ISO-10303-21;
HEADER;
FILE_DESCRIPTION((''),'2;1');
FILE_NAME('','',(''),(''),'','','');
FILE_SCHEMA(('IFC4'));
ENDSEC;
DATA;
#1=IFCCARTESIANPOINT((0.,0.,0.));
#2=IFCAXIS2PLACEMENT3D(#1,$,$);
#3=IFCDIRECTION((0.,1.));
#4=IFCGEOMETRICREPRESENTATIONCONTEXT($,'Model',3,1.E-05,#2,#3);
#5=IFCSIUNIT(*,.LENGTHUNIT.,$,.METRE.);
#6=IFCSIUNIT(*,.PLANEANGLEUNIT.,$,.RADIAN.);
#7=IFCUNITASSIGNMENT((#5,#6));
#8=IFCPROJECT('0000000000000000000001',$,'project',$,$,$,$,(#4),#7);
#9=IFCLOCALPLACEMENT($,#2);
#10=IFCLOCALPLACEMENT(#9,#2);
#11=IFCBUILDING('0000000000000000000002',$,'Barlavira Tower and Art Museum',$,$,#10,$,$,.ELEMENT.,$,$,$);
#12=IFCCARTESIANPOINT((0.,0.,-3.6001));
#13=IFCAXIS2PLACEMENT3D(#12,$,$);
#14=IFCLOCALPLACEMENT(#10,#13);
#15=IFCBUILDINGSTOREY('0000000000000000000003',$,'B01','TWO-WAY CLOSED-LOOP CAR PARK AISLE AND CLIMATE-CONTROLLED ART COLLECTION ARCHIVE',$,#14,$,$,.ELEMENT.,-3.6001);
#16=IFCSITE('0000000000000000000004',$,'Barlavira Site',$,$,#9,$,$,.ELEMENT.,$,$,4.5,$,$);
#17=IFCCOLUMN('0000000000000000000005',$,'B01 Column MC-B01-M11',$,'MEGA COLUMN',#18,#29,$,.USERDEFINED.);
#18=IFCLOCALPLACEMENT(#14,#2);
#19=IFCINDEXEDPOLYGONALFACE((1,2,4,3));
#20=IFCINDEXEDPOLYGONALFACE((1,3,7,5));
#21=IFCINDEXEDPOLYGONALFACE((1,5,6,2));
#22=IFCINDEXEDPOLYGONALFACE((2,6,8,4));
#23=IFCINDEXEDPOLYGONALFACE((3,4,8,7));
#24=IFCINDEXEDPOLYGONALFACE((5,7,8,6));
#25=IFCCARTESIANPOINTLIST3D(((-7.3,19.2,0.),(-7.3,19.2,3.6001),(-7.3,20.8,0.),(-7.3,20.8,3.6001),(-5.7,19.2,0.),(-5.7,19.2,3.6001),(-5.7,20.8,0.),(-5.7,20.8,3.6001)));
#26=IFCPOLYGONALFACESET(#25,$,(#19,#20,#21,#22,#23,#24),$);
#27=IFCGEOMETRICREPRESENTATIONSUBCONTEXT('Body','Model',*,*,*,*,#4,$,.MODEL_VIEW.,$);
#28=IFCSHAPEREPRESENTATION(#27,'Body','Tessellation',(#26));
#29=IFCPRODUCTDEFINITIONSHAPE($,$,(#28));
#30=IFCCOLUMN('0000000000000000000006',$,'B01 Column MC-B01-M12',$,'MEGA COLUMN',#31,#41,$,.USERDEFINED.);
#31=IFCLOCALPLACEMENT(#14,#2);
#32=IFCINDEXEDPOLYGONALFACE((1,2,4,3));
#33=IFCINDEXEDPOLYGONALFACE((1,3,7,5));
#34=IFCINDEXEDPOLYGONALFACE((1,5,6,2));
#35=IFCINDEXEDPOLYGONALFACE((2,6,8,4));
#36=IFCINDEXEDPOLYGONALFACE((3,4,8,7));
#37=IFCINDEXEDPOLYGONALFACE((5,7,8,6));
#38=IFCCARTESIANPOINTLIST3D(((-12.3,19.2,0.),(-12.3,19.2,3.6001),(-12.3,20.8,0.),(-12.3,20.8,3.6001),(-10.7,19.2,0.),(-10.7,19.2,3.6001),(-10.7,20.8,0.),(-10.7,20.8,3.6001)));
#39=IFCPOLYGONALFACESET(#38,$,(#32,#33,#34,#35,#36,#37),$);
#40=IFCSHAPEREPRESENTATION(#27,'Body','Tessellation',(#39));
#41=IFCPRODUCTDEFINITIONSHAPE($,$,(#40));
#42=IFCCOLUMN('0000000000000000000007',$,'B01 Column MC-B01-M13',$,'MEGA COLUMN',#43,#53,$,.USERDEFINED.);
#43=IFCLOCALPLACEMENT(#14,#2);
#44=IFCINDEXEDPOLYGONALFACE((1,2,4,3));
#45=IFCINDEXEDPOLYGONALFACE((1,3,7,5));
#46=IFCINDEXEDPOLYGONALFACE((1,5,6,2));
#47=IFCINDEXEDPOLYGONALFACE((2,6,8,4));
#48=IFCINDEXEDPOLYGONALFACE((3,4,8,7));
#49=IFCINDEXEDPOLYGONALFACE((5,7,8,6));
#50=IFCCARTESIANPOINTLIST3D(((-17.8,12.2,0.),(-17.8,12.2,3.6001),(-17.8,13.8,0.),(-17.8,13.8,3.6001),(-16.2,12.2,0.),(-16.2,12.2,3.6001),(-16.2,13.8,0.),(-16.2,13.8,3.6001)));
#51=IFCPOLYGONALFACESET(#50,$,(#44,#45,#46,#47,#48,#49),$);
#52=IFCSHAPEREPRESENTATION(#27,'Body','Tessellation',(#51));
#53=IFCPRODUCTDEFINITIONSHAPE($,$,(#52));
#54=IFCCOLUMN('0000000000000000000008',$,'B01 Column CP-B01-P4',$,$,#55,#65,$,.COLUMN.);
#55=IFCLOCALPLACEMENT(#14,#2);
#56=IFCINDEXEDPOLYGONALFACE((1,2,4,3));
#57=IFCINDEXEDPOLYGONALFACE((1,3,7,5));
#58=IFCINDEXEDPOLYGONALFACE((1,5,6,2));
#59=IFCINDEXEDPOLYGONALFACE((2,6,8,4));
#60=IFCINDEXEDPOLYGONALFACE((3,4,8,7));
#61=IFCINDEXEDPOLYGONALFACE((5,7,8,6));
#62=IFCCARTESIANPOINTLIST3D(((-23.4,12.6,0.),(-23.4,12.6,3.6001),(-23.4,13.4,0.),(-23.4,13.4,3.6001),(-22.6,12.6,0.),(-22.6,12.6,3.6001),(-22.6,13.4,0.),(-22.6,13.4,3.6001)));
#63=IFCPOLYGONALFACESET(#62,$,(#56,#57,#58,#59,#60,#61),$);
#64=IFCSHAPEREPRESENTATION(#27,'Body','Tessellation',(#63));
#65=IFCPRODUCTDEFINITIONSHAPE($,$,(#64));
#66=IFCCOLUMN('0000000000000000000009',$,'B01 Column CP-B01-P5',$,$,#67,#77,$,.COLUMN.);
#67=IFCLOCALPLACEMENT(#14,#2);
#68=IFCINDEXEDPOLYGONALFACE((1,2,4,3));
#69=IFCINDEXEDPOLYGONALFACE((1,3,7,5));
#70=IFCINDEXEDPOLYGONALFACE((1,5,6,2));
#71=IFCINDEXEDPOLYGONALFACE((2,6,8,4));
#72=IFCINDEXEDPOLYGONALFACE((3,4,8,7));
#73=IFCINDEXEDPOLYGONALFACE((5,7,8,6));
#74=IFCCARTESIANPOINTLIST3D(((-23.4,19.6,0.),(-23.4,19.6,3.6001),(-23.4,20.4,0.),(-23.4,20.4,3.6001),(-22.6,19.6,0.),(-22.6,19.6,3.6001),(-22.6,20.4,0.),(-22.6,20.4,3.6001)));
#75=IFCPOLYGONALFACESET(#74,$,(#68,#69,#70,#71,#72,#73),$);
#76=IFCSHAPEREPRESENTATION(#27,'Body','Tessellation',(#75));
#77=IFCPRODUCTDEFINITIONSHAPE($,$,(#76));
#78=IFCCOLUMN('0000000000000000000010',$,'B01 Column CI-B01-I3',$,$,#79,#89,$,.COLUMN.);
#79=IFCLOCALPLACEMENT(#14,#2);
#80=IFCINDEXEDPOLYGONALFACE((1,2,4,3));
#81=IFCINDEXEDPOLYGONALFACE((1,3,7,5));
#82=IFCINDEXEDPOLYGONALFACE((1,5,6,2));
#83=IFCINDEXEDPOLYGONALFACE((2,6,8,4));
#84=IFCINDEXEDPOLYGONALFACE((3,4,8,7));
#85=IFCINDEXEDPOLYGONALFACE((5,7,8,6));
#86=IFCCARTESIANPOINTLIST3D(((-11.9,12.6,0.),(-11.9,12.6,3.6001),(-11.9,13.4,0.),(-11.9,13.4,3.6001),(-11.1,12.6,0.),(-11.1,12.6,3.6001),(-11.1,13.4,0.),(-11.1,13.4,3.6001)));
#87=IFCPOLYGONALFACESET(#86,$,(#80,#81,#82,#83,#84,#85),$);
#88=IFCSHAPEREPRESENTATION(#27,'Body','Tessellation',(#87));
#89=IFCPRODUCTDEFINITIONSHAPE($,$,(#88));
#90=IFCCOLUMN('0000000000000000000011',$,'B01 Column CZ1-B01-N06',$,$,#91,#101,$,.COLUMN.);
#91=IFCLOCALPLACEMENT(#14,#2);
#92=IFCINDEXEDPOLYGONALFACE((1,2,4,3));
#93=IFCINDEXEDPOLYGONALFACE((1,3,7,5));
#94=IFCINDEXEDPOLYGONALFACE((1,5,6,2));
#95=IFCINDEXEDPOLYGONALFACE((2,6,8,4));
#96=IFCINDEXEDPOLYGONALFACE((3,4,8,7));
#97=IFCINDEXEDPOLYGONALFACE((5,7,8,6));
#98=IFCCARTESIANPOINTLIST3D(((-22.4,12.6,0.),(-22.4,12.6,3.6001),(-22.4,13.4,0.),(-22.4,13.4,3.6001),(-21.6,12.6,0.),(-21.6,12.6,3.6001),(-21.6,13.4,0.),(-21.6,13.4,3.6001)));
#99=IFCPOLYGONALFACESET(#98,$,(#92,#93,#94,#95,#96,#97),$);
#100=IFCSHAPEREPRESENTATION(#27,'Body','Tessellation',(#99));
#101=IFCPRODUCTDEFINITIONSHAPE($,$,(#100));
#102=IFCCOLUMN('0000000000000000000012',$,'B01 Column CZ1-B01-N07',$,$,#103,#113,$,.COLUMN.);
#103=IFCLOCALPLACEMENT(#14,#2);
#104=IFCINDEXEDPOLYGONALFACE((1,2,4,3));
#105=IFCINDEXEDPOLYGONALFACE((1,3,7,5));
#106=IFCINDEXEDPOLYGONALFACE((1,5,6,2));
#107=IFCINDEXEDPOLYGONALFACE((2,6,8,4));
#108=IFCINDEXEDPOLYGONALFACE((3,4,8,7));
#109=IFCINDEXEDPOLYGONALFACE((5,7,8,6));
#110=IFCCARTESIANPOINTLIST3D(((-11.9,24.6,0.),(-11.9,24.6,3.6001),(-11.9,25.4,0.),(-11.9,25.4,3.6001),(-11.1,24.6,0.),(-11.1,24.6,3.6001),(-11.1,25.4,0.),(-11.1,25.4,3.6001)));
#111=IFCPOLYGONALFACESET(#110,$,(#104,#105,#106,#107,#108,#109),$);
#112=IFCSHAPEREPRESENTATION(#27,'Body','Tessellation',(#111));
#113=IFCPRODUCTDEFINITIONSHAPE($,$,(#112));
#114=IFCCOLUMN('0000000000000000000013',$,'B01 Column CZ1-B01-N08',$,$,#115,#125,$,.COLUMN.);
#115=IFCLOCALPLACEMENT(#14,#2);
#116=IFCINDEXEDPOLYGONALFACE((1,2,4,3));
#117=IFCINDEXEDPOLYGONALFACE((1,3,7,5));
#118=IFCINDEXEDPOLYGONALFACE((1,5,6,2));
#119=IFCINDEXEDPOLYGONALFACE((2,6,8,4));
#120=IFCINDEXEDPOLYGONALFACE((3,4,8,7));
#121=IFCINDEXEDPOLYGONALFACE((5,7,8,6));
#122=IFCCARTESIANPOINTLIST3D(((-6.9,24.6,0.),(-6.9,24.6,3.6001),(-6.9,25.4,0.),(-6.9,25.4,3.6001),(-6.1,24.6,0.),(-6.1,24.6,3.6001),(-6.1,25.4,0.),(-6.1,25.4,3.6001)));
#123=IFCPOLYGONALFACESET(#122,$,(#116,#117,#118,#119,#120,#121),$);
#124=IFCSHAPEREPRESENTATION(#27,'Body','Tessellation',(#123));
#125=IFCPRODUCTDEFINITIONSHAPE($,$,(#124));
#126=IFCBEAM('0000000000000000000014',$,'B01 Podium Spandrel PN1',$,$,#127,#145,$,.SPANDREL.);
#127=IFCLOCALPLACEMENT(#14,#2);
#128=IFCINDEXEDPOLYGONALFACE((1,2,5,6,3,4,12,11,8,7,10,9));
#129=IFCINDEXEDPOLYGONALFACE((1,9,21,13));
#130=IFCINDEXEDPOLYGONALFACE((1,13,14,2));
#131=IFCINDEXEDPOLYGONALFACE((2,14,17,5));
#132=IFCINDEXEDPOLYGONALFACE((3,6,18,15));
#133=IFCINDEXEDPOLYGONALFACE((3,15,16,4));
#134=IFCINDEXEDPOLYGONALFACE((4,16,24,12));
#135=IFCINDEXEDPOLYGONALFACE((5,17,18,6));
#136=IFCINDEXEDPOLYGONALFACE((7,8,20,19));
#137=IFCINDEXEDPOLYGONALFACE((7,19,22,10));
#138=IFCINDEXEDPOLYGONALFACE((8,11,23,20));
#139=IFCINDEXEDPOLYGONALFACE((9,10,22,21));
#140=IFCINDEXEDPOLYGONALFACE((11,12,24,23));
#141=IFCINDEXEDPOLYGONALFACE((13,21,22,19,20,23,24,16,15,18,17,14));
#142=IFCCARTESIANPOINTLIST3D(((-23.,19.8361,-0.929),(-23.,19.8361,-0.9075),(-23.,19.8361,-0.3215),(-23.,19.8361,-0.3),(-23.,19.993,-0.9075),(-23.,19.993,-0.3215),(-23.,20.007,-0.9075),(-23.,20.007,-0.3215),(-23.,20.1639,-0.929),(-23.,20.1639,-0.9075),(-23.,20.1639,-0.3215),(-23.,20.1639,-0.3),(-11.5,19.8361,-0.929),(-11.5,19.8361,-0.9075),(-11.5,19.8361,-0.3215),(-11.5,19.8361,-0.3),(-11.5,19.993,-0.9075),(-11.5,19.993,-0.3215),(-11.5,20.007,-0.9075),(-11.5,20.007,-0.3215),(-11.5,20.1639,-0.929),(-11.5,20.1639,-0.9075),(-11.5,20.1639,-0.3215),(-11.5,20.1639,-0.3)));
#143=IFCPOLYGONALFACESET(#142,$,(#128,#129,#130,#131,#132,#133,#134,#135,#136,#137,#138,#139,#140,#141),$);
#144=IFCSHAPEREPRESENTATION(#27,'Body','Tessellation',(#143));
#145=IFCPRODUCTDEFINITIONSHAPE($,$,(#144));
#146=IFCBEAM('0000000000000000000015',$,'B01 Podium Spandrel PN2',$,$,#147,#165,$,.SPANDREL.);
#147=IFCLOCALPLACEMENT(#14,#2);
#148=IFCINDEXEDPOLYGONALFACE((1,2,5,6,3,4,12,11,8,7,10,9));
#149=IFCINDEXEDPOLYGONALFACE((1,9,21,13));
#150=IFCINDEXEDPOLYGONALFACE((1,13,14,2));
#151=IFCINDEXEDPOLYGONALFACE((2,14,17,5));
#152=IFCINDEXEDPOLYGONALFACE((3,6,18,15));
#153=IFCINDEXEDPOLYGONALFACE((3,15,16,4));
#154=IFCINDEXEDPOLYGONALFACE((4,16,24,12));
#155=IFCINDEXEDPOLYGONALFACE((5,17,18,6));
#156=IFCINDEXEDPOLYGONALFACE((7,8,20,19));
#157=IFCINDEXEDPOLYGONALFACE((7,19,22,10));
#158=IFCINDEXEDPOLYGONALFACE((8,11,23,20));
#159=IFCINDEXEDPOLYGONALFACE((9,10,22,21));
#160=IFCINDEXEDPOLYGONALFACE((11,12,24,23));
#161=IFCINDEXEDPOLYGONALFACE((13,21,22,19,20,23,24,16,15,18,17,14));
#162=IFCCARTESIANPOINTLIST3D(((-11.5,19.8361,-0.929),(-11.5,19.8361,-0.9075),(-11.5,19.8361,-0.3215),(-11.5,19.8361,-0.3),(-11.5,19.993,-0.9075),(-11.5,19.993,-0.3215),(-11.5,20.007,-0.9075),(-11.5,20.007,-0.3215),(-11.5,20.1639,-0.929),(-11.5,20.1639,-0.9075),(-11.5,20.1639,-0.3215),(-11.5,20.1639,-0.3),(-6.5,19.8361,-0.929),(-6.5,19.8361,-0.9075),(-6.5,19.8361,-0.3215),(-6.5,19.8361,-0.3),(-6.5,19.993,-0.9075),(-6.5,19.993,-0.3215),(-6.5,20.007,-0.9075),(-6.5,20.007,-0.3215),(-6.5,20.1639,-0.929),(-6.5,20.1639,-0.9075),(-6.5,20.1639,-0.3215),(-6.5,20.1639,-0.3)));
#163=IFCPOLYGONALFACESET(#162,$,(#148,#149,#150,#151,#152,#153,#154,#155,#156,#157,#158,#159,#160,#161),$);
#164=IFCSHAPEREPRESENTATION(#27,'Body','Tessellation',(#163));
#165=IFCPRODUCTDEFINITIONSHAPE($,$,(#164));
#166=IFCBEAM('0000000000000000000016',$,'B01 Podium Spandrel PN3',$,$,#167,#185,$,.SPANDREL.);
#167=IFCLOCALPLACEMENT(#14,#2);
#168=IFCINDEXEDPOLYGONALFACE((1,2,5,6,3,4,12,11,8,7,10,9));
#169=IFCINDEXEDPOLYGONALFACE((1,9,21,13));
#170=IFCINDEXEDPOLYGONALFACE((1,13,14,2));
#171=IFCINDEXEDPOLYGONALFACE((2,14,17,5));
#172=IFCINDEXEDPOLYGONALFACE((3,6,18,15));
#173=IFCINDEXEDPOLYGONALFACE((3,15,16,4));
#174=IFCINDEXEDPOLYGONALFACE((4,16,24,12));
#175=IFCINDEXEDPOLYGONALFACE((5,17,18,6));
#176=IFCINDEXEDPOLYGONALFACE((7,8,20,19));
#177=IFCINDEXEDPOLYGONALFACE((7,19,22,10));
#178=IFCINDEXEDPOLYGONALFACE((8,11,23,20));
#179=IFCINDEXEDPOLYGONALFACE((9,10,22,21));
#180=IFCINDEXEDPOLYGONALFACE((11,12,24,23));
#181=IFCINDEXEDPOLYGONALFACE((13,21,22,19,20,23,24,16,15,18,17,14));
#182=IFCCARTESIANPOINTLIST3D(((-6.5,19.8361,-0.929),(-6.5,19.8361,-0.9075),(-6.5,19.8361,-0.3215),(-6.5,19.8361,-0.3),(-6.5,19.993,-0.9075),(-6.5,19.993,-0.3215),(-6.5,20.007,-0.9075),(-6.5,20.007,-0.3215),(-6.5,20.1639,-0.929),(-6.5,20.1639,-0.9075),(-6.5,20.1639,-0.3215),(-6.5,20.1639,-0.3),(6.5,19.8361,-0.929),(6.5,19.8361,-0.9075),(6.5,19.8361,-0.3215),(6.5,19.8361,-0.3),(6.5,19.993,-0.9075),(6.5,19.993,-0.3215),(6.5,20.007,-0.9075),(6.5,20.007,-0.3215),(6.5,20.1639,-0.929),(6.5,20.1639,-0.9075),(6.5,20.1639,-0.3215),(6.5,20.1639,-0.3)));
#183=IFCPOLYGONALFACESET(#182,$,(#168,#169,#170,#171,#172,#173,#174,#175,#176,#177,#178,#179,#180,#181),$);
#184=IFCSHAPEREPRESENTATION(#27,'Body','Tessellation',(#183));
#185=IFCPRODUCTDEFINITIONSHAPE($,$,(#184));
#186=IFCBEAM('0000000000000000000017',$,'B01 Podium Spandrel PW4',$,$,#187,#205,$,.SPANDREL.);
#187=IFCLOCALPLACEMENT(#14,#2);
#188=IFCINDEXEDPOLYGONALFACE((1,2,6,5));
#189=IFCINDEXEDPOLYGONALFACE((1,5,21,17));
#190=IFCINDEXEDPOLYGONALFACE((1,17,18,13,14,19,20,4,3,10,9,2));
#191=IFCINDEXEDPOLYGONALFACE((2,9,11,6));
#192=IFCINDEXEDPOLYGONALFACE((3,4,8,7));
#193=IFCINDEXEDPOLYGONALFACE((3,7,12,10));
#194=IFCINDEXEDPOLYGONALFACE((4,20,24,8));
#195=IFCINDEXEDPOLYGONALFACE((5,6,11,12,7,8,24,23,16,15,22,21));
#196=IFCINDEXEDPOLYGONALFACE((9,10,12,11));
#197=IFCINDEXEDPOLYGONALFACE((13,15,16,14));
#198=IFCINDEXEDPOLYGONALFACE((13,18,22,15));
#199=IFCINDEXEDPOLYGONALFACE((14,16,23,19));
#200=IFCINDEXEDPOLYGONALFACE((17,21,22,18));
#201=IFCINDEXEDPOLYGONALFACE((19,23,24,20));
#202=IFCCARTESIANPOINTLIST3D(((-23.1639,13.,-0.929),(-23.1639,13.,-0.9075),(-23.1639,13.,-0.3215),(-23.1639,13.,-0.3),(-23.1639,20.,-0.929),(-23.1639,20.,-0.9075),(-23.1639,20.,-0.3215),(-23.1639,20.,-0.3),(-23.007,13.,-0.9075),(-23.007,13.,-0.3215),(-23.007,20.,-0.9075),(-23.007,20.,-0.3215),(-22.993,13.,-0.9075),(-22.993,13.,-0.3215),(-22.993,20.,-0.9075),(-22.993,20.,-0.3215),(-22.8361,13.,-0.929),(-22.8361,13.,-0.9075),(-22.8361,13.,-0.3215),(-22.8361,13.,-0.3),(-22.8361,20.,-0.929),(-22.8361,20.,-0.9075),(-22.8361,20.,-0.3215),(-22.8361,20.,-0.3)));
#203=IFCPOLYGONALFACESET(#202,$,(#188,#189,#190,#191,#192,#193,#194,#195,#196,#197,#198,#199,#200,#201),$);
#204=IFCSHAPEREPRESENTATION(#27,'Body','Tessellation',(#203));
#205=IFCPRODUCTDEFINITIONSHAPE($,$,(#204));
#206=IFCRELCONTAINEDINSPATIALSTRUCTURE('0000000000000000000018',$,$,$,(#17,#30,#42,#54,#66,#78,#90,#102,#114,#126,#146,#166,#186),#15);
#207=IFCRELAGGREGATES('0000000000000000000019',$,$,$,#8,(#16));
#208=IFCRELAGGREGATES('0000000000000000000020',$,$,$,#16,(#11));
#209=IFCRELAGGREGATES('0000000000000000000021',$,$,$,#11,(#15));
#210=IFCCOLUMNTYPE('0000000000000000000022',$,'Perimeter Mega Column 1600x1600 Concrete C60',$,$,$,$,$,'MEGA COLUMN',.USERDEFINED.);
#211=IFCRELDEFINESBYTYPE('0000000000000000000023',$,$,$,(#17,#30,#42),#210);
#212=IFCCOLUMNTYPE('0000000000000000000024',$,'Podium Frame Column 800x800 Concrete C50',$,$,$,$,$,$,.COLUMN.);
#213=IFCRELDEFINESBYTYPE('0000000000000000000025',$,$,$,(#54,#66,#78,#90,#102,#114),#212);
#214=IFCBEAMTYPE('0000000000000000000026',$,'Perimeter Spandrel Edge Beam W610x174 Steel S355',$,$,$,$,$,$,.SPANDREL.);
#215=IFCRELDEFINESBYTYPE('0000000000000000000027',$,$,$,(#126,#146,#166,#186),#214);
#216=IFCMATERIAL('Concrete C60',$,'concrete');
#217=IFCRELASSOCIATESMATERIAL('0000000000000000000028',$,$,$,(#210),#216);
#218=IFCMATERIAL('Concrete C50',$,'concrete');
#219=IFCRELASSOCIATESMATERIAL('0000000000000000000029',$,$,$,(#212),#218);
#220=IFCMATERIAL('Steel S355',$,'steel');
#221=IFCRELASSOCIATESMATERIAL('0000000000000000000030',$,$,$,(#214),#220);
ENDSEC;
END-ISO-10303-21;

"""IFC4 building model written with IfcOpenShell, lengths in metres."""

from ifc_helpers import new_model, si_unit, direction, frame, origin, origin_2d, place, context, subcontext, project, spatial, rectangle, i_section, extrude, material, material_profile, profile_set, type_object, element, save


model = new_model("IFC4")

# Units and contexts
model_context = context("Model", 3, precision=1e-05, world=origin(), true_north=direction((0.0, 1.0)))
body_context = subcontext(model_context, "Body", "Model", "MODEL_VIEW")
ifc_project = project(units=[si_unit("LENGTHUNIT", "METRE"), si_unit("PLANEANGLEUNIT", "RADIAN")], contexts=[model_context])

# Site, building, storey
site_placement = place(None, origin())
site = spatial("IfcSite", under=ifc_project, at=site_placement, Name="Barlavira Site", CompositionType="ELEMENT", RefElevation=4.5)
building_placement = place(site_placement, origin())
building = spatial("IfcBuilding", under=site, at=building_placement, Name="Barlavira Tower and Art Museum", CompositionType="ELEMENT")
storey_placement = place(building_placement, frame((0.0, 0.0, -3.6001)))
storey = spatial("IfcBuildingStorey", under=building, at=storey_placement, Name="B01", Description="TWO-WAY CLOSED-LOOP CAR PARK AISLE AND CLIMATE-CONTROLLED ART COLLECTION ARCHIVE", CompositionType="ELEMENT", Elevation=-3.6001)

# Columns
ifc_material_1 = material(Name="Concrete C60", Category="concrete")
ifc_material_profile_1 = material_profile(ifc_material_1, rectangle(XDim=1.6001, YDim=1.6001, at=origin_2d()), Name="RC-MCOL 1600x1600")
ifc_profile_set_1 = profile_set([ifc_material_profile_1], Name="Concrete C60")
column_type_1 = type_object("IfcColumnType", Name="Perimeter Mega Column 1600x1600 Concrete C60", ElementType="MEGA COLUMN", PredefinedType="USERDEFINED", material=ifc_profile_set_1)
for number, where, z_axis, x_axis, name in (
    (1, (-6.5, 20.0, 0.0), (0.0, 0.0, 1.0), (1.0, 0.0, 0.0), "B01 Column MC-B01-M11"),
    (2, (-11.5, 20.0, 0.0), (0.0, 0.0, 1.0), (1.0, 0.0, 0.0), "B01 Column MC-B01-M12"),
    (3, (-17.0, 13.0, 0.0), (0.0, 0.0, 1.0), (1.0, 0.0, 0.0), "B01 Column MC-B01-M13"),
):
    element("IfcColumn", number, at=place(storey_placement, frame(where, z_axis=z_axis, x_axis=x_axis)), inside=storey, type_object=column_type_1, Name=name, ObjectType="MEGA COLUMN", PredefinedType="USERDEFINED", context=body_context, shape_type="SweptSolid", body=[
        extrude(rectangle(XDim=1.6001, YDim=1.6001, at=origin_2d()), origin(), (0.0, 0.0, 1.0), 3.6001),
    ])
ifc_material_2 = material(Name="Concrete C50", Category="concrete")
ifc_material_profile_2 = material_profile(ifc_material_2, rectangle(XDim=0.8, YDim=0.8, at=origin_2d()), Name="RC-COL 800x800")
ifc_profile_set_2 = profile_set([ifc_material_profile_2], Name="Concrete C50")
column_type_2 = type_object("IfcColumnType", Name="Podium Frame Column 800x800 Concrete C50", PredefinedType="COLUMN", material=ifc_profile_set_2)
for number, where, z_axis, x_axis, name in (
    (4, (-23.0, 13.0, 0.0), (0.0, 0.0, 1.0), (1.0, 0.0, 0.0), "B01 Column CP-B01-P4"),
    (5, (-23.0, 20.0, 0.0), (0.0, 0.0, 1.0), (1.0, 0.0, 0.0), "B01 Column CP-B01-P5"),
    (6, (-11.5, 13.0, 0.0), (0.0, 0.0, 1.0), (1.0, 0.0, 0.0), "B01 Column CI-B01-I3"),
    (7, (-22.0, 13.0, 0.0), (0.0, 0.0, 1.0), (1.0, 0.0, 0.0), "B01 Column CZ1-B01-N06"),
    (8, (-11.5, 25.0, 0.0), (0.0, 0.0, 1.0), (1.0, 0.0, 0.0), "B01 Column CZ1-B01-N07"),
    (9, (-6.5, 25.0, 0.0), (0.0, 0.0, 1.0), (1.0, 0.0, 0.0), "B01 Column CZ1-B01-N08"),
):
    element("IfcColumn", number, at=place(storey_placement, frame(where, z_axis=z_axis, x_axis=x_axis)), inside=storey, type_object=column_type_2, Name=name, PredefinedType="COLUMN", context=body_context, shape_type="SweptSolid", body=[
        extrude(rectangle(XDim=0.8, YDim=0.8, at=origin_2d()), origin(), (0.0, 0.0, 1.0), 3.6001),
    ])

# Beams
ifc_material_3 = material(Name="Steel S355", Category="steel")
ifc_material_profile_3 = material_profile(ifc_material_3, i_section(OverallWidth=0.3279, OverallDepth=0.6289, WebThickness=0.0139, FlangeThickness=0.0215, at=origin_2d()), Name="W610x174.0")
ifc_profile_set_3 = profile_set([ifc_material_profile_3], Name="Steel S355")
beam_type_1 = type_object("IfcBeamType", Name="Perimeter Spandrel Edge Beam W610x174 Steel S355", PredefinedType="SPANDREL", material=ifc_profile_set_3)
beam_1_placement = place(storey_placement, frame((-23.0, 20.0, -0.6145), z_axis=(1.0, 0.0, 0.0), x_axis=(0.0, 1.0, 0.0)))
element("IfcBeam", 10, at=beam_1_placement, inside=storey, type_object=beam_type_1, Name="B01 Podium Spandrel PN1", PredefinedType="SPANDREL", context=body_context, shape_type="SweptSolid", body=[
    extrude(i_section(OverallWidth=0.3279, OverallDepth=0.6289, WebThickness=0.0139, FlangeThickness=0.0215, at=origin_2d()), origin(), (0.0, 0.0, 1.0), 11.5),
])
beam_2_placement = place(storey_placement, frame((-11.5, 20.0, -0.6145), z_axis=(1.0, 0.0, 0.0), x_axis=(0.0, 1.0, 0.0)))
element("IfcBeam", 11, at=beam_2_placement, inside=storey, type_object=beam_type_1, Name="B01 Podium Spandrel PN2", PredefinedType="SPANDREL", context=body_context, shape_type="SweptSolid", body=[
    extrude(i_section(OverallWidth=0.3279, OverallDepth=0.6289, WebThickness=0.0139, FlangeThickness=0.0215, at=origin_2d()), origin(), (0.0, 0.0, 1.0), 5.0),
])
beam_3_placement = place(storey_placement, frame((-6.5, 20.0, -0.6145), z_axis=(1.0, 0.0, 0.0), x_axis=(0.0, 1.0, 0.0)))
element("IfcBeam", 12, at=beam_3_placement, inside=storey, type_object=beam_type_1, Name="B01 Podium Spandrel PN3", PredefinedType="SPANDREL", context=body_context, shape_type="SweptSolid", body=[
    extrude(i_section(OverallWidth=0.3279, OverallDepth=0.6289, WebThickness=0.0139, FlangeThickness=0.0215, at=origin_2d()), origin(), (0.0, 0.0, 1.0), 13.0),
])
beam_4_placement = place(storey_placement, frame((-23.0, 13.0, -0.6145), z_axis=(0.0, 1.0, 0.0), x_axis=(-1.0, 0.0, 0.0)))
element("IfcBeam", 13, at=beam_4_placement, inside=storey, type_object=beam_type_1, Name="B01 Podium Spandrel PW4", PredefinedType="SPANDREL", context=body_context, shape_type="SweptSolid", body=[
    extrude(i_section(OverallWidth=0.3279, OverallDepth=0.6289, WebThickness=0.0139, FlangeThickness=0.0215, at=origin_2d()), origin(), (0.0, 0.0, 1.0), 7.0),
])

save(model, "model.ifc")
